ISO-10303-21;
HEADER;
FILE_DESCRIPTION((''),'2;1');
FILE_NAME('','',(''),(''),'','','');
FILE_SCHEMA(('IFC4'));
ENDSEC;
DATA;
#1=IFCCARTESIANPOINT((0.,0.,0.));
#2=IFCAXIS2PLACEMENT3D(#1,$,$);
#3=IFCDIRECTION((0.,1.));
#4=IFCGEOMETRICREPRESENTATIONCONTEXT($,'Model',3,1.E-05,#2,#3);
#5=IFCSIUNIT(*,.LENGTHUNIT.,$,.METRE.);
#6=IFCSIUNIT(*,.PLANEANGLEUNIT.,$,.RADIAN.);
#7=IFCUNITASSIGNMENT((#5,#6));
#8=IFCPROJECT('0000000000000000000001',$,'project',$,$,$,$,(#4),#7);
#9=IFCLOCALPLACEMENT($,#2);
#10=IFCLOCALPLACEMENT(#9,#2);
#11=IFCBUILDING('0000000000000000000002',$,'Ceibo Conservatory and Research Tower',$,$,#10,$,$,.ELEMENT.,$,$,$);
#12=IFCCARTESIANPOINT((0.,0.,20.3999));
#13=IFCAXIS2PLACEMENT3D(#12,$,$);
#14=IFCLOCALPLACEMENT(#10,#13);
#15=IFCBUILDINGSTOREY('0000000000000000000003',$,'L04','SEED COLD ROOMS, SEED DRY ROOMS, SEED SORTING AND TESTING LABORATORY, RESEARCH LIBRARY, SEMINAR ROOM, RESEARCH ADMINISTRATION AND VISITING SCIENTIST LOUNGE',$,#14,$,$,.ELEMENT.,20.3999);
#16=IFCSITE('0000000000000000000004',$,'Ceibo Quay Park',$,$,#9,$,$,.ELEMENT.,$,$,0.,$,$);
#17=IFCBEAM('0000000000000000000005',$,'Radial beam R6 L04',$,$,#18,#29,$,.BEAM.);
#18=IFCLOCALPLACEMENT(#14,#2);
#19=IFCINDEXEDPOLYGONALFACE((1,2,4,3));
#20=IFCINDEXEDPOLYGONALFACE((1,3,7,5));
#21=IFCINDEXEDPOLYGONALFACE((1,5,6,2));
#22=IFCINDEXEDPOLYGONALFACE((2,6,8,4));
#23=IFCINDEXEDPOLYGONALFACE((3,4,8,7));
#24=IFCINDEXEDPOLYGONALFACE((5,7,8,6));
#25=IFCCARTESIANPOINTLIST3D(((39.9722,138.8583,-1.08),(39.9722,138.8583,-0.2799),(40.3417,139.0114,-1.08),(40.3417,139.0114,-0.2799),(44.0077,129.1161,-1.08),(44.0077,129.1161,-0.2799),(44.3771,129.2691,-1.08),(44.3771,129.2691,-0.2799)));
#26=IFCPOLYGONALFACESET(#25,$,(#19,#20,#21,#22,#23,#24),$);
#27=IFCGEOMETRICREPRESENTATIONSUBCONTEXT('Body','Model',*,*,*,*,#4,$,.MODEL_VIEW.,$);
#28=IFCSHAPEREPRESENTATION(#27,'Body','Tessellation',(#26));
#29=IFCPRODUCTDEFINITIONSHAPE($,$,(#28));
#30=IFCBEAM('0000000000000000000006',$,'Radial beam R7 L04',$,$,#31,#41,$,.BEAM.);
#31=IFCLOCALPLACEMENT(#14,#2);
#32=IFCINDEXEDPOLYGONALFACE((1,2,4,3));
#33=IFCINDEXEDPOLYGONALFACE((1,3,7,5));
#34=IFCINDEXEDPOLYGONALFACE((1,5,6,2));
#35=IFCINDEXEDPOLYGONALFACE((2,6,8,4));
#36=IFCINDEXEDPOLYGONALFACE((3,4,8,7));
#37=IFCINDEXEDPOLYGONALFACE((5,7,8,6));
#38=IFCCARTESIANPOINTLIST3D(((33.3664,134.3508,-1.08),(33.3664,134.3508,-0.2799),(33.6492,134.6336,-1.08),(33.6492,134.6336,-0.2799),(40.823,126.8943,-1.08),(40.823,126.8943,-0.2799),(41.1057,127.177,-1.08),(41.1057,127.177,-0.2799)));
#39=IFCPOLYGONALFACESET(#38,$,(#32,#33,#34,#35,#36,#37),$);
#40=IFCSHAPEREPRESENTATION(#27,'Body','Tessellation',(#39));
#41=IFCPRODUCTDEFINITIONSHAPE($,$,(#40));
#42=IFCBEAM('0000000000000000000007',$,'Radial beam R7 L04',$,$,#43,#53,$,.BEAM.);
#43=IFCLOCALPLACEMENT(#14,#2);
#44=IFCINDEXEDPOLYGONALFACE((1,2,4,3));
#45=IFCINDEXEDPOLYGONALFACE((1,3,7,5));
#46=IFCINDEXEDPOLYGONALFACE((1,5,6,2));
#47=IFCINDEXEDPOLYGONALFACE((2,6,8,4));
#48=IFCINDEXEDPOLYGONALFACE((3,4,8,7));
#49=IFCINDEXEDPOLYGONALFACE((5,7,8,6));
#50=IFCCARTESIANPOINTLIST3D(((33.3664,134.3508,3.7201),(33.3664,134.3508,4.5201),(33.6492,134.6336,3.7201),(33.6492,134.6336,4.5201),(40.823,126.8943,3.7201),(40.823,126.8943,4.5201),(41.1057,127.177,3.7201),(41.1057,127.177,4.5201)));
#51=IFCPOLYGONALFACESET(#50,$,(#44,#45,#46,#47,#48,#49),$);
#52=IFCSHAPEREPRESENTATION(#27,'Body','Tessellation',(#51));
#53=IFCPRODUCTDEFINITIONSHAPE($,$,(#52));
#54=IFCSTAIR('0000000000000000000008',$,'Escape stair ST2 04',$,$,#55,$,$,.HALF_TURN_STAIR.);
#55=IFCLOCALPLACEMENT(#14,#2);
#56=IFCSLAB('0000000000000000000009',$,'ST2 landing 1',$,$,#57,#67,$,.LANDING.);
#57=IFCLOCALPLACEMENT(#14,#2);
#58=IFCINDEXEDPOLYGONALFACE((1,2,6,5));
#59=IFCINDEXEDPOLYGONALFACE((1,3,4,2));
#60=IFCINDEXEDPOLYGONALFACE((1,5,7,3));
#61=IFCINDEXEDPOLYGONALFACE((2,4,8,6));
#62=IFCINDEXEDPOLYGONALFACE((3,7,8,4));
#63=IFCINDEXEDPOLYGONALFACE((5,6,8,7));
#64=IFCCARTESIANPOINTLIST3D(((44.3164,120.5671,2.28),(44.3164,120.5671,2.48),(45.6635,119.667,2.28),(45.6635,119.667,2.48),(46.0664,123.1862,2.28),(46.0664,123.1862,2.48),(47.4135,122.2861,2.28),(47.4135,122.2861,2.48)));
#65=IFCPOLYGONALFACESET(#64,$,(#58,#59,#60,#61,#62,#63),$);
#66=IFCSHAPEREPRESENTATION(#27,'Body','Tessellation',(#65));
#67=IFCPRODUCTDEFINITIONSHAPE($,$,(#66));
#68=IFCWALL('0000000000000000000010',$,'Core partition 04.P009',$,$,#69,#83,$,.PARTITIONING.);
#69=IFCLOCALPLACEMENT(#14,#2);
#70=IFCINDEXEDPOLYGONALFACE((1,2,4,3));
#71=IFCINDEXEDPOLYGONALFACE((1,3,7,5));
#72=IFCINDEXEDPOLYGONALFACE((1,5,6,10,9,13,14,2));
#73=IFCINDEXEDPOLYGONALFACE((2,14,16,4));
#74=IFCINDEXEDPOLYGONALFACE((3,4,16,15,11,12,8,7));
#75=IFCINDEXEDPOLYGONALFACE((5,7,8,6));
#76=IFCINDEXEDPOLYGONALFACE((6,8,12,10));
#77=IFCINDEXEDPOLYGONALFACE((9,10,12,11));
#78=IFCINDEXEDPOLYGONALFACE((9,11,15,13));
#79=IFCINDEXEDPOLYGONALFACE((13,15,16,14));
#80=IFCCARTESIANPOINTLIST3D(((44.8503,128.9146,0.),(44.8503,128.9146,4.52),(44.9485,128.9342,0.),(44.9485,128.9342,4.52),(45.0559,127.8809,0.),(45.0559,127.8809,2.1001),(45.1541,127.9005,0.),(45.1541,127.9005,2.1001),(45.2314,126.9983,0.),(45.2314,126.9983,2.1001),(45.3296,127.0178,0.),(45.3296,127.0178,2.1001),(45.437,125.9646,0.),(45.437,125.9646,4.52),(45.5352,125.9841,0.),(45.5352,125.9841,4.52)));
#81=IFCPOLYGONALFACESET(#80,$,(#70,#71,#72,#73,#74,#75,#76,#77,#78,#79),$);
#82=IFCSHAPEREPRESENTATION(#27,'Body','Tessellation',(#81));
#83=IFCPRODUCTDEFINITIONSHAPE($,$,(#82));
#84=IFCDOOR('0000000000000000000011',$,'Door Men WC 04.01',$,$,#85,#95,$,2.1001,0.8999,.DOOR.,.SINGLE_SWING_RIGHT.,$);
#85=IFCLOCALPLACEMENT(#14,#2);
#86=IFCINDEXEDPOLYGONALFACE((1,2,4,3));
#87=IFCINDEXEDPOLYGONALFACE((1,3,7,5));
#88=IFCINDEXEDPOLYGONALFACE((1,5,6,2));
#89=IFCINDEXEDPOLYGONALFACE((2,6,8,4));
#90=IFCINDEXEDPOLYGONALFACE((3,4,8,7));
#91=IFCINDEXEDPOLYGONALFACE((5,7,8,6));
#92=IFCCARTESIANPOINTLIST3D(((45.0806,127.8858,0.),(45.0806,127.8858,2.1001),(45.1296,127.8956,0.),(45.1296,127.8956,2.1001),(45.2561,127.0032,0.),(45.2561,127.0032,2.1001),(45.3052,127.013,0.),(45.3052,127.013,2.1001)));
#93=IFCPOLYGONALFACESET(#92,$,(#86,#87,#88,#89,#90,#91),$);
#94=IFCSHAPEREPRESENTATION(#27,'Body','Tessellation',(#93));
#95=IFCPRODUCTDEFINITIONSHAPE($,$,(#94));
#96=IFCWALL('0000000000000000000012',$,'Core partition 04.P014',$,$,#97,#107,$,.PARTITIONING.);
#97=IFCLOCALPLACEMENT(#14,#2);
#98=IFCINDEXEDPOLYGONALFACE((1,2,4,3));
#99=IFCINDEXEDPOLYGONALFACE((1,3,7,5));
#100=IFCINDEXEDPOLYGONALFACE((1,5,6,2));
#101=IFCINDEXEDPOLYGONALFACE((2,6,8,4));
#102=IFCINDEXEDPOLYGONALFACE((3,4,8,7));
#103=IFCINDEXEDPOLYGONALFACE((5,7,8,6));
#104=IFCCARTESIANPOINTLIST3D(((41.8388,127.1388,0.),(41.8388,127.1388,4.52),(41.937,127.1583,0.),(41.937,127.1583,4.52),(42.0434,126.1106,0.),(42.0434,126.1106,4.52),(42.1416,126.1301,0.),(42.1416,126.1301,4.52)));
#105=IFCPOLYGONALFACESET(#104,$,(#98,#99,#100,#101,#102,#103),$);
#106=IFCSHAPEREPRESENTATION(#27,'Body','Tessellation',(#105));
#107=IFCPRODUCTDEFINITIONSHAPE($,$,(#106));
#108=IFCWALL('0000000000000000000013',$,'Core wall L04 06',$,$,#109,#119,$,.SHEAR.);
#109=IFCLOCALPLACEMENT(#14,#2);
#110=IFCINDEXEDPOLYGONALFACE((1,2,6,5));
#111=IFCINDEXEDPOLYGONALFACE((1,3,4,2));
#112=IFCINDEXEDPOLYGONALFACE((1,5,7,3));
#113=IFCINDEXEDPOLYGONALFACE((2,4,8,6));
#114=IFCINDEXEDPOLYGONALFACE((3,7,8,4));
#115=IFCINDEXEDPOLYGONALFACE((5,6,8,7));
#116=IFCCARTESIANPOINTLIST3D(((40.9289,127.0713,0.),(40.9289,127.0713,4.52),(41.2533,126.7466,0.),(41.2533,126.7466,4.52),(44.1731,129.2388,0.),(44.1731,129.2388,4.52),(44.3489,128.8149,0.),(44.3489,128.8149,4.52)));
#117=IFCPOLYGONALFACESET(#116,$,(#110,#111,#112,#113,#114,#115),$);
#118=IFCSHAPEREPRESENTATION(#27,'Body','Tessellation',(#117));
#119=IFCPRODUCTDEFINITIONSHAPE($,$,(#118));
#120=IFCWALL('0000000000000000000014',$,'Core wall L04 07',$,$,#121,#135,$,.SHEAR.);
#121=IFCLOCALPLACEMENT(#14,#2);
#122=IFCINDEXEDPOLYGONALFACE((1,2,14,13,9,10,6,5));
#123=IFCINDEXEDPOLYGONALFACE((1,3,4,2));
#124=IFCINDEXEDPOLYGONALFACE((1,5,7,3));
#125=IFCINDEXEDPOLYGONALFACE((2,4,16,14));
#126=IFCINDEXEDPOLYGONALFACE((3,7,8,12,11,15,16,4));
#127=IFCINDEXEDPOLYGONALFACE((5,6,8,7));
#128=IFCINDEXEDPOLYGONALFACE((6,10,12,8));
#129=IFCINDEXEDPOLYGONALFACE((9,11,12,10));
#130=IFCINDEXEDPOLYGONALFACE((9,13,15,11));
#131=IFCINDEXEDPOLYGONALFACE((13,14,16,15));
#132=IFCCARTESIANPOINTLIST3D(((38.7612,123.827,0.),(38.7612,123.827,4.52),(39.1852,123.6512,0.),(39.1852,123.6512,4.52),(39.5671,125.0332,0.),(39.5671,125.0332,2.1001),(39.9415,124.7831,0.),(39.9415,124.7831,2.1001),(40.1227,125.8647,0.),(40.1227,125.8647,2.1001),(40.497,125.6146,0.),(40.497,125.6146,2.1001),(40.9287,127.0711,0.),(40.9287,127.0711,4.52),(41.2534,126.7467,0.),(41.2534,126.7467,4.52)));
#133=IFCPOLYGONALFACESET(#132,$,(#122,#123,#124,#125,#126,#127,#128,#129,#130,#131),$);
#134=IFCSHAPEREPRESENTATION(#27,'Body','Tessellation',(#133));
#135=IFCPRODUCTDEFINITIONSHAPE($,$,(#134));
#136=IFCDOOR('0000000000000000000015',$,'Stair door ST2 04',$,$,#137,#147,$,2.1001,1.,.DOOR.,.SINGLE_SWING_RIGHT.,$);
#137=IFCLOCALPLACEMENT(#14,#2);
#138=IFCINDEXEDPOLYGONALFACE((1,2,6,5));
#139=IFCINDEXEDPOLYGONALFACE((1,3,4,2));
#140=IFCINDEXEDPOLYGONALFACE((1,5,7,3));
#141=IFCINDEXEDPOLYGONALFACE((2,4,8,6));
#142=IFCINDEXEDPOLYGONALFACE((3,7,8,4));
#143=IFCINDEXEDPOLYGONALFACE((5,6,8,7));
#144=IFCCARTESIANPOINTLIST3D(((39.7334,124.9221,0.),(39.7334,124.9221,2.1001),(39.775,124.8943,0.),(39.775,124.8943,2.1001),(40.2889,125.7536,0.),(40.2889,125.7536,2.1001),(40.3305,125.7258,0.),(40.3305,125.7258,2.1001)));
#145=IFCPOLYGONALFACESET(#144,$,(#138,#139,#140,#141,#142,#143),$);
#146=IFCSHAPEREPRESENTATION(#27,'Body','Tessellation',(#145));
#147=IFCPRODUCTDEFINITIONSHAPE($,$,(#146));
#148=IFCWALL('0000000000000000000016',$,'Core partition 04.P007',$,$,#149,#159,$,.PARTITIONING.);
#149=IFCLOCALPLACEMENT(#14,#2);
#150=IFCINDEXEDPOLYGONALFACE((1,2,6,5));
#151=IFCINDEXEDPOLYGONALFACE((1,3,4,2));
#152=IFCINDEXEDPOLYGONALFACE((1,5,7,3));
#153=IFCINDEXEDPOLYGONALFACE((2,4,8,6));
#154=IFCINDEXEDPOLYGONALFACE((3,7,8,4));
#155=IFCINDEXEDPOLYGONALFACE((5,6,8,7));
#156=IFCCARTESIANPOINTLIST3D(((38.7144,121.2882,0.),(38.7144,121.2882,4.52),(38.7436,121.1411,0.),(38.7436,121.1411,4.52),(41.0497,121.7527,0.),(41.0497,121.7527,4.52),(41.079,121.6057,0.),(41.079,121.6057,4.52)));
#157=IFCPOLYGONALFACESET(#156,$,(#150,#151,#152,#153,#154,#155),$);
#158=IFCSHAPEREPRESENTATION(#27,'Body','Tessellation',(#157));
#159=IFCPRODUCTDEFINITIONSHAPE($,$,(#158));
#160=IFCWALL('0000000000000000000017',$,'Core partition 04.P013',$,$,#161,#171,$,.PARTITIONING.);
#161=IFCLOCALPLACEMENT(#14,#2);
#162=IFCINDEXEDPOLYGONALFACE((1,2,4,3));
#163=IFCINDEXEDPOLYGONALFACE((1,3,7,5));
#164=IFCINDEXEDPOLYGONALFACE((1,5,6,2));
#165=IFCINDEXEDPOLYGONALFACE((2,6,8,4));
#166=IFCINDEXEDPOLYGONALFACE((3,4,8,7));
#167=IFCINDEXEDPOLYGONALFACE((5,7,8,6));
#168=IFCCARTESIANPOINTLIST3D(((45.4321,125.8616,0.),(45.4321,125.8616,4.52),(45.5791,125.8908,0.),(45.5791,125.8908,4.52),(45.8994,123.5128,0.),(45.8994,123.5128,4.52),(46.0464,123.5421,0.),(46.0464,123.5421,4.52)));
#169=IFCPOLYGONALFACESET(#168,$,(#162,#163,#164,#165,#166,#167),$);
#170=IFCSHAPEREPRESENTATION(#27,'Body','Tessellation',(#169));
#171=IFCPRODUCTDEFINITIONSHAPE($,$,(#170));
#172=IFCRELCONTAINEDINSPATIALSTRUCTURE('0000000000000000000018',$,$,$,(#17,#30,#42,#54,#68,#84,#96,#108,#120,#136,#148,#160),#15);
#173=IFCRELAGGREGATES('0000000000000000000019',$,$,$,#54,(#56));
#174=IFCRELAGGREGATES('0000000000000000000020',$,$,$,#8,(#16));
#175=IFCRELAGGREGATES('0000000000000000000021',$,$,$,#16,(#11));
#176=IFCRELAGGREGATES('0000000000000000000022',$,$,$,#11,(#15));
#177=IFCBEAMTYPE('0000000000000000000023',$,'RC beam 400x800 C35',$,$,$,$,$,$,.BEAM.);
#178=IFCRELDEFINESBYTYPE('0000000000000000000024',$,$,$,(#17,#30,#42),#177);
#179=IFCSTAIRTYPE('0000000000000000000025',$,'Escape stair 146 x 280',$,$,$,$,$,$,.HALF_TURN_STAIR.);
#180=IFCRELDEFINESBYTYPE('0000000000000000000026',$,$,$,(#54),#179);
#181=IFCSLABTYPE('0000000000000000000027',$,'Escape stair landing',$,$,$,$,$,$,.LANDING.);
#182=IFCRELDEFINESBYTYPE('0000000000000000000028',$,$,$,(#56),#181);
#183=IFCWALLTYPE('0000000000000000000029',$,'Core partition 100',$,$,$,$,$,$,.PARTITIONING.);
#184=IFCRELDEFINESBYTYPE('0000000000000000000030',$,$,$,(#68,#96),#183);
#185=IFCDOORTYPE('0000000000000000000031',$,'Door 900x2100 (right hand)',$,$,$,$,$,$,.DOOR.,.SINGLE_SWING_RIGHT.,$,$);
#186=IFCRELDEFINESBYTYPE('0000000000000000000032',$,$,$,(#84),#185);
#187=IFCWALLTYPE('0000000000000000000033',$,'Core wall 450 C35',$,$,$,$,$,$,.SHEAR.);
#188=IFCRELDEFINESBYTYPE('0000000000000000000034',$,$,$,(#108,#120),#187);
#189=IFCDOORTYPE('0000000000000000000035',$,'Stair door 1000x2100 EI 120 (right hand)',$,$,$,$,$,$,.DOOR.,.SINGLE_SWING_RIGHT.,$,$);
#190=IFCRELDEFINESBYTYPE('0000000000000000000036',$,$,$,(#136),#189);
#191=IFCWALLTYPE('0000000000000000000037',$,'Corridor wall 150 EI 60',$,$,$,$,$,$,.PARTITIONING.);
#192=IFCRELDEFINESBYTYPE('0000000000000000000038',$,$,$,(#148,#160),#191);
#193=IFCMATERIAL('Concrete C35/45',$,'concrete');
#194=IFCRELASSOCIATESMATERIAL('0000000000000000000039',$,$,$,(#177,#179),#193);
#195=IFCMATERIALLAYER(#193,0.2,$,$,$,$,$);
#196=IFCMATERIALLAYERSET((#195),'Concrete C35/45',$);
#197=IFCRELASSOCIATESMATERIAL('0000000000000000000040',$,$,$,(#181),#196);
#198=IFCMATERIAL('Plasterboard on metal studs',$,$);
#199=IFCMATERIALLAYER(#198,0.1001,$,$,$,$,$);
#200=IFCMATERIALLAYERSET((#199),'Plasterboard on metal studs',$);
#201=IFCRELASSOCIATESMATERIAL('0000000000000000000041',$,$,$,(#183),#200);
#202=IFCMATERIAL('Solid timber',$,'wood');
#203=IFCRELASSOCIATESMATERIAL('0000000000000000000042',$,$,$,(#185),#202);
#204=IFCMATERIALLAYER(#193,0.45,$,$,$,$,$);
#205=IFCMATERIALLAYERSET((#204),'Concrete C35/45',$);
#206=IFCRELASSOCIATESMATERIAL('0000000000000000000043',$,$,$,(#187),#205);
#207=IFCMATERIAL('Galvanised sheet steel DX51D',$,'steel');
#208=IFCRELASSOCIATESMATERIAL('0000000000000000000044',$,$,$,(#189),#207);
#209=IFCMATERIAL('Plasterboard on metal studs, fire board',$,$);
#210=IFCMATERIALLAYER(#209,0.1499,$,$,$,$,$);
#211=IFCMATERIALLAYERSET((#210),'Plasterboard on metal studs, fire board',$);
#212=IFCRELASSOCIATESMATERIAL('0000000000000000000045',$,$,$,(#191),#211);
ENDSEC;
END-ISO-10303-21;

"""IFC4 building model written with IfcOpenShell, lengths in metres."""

from ifc_helpers import new_model, si_unit, direction, frame, frame_2d, origin, origin_2d, place, context, subcontext, project, spatial, polyline, rectangle, outline, extrude, material, layer, layer_set, material_profile, profile_set, type_object, element, fill, aggregate, save


model = new_model("IFC4")

# Units and contexts
model_context = context("Model", 3, precision=1e-05, world=origin(), true_north=direction((0.0, 1.0)))
body_context = subcontext(model_context, "Body", "Model", "MODEL_VIEW")
ifc_project = project(units=[si_unit("LENGTHUNIT", "METRE"), si_unit("PLANEANGLEUNIT", "RADIAN")], contexts=[model_context])

# Site, building, storey
site_placement = place(None, origin())
site = spatial("IfcSite", under=ifc_project, at=site_placement, Name="Ceibo Quay Park", CompositionType="ELEMENT", RefElevation=0.0)
building_placement = place(site_placement, origin())
building = spatial("IfcBuilding", under=site, at=building_placement, Name="Ceibo Conservatory and Research Tower", CompositionType="ELEMENT")
storey_placement = place(building_placement, frame((0.0, 0.0, 20.3999)))
storey = spatial("IfcBuildingStorey", under=building, at=storey_placement, Name="L04", Description="SEED COLD ROOMS, SEED DRY ROOMS, SEED SORTING AND TESTING LABORATORY, RESEARCH LIBRARY, SEMINAR ROOM, RESEARCH ADMINISTRATION AND VISITING SCIENTIST LOUNGE", CompositionType="ELEMENT", Elevation=20.3999)

# Beams
ifc_material_1 = material(Name="Concrete C35/45", Category="concrete")
ifc_material_profile = material_profile(ifc_material_1, rectangle(XDim=0.3999, YDim=0.8, at=origin_2d()), Name="RC 400x800")
ifc_profile_set = profile_set([ifc_material_profile], Name="Concrete C35/45")
beam_type = type_object("IfcBeamType", Name="RC beam 400x800 C35", PredefinedType="BEAM", material=ifc_profile_set)
beam_placement = place(storey_placement, frame((44.1924, 129.1926, -0.6799), z_axis=(-0.382688, 0.923878, 0.0), x_axis=(-0.923878, -0.382688, 0.0)))
element("IfcBeam", 1, at=beam_placement, inside=storey, type_object=beam_type, Name="Radial beam R6 L04", PredefinedType="BEAM", context=body_context, shape_type="SweptSolid", body=[
    extrude(rectangle(XDim=0.3999, YDim=0.8, at=origin_2d()), origin(), (0.0, 0.0, 1.0), 10.5449),
])
for number, where, z_axis, x_axis, name in (
    (2, (40.9644, 127.0356, -0.6799), (-0.707107, 0.707107, 0.0), (-0.707107, -0.707107, 0.0), "Radial beam R7 L04"),
    (3, (40.9644, 127.0356, 4.1201), (-0.707107, 0.707107, 0.0), (-0.707107, -0.707107, 0.0), "Radial beam R7 L04"),
):
    element("IfcBeam", number, at=place(storey_placement, frame(where, z_axis=z_axis, x_axis=x_axis)), inside=storey, type_object=beam_type, Name=name, PredefinedType="BEAM", context=body_context, shape_type="SweptSolid", body=[
        extrude(rectangle(XDim=0.3999, YDim=0.8, at=origin_2d()), origin(), (0.0, 0.0, 1.0), 10.5452),
    ])

# Stair, slab
stair_type = type_object("IfcStairType", Name="Escape stair 146 x 280", PredefinedType="HALF_TURN_STAIR", material=ifc_material_1)
stair_placement = place(storey_placement, origin())
stair = element("IfcStair", 4, at=stair_placement, inside=storey, type_object=stair_type, Name="Escape stair ST2 04", PredefinedType="HALF_TURN_STAIR")
ifc_layer_1 = layer(ifc_material_1, 0.2)
ifc_layer_set_1 = layer_set([ifc_layer_1], Name="Concrete C35/45")
slab_type = type_object("IfcSlabType", Name="Escape stair landing", PredefinedType="LANDING", material=ifc_layer_set_1)
slab_placement = place(storey_placement, frame((44.3164, 120.5671, 2.28), z_axis=(0.0, 0.0, 1.0), x_axis=(0.83147, -0.55557, 0.0)))
slab = element("IfcSlab", 5, at=slab_placement, type_object=slab_type, Name="ST2 landing 1", PredefinedType="LANDING", context=body_context, shape_type="SweptSolid", body=[
    extrude(outline(polyline([(0.0, 0.0), (1.6201, 0.0), (1.6201, 3.1499), (0.0, 3.1499), (0.0, 0.0)])), origin(), (0.0, 0.0, 1.0), 0.2),
])

# Wall, opening, door
ifc_material_2 = material(Name="Plasterboard on metal studs")
ifc_layer_2 = layer(ifc_material_2, 0.1001)
ifc_layer_set_2 = layer_set([ifc_layer_2], Name="Plasterboard on metal studs")
wall_type_1 = type_object("IfcWallType", Name="Core partition 100", PredefinedType="PARTITIONING", material=ifc_layer_set_2)
wall_1_placement = place(storey_placement, frame((45.4861, 125.9744, 0.0), z_axis=(0.0, 0.0, 1.0), x_axis=(-0.195055, 0.980792, 0.0)))
wall_1 = element("IfcWall", 6, at=wall_1_placement, inside=storey, type_object=wall_type_1, Name="Core partition 04.P009", PredefinedType="PARTITIONING", context=body_context, shape_type="SweptSolid", body=[
    extrude(rectangle(XDim=3.0078, YDim=0.1001, at=frame_2d((1.5039, 0.0))), origin(), (0.0, 0.0, 1.0), 4.52),
])
opening_1_placement = place(wall_1_placement, frame((1.054, 0.0, 0.0)))
opening_1 = element("IfcOpeningElement", 7, at=opening_1_placement, cuts=wall_1, PredefinedType="OPENING", context=body_context, shape_type="SweptSolid", body=[
    extrude(rectangle(XDim=0.8999, YDim=2.1001, at=frame_2d((0.45, 1.05))), frame((0.0, 0.0601, 0.0), z_axis=(0.0, -1.0, 0.0), x_axis=(1.0, 0.0, 0.0)), (0.0, 0.0, 1.0), 0.1201),
])
ifc_material_3 = material(Name="Solid timber", Category="wood")
door_type_1 = type_object("IfcDoorType", Name="Door 900x2100 (right hand)", OperationType="SINGLE_SWING_RIGHT", PredefinedType="DOOR", material=ifc_material_3)
door_1_placement = place(opening_1_placement, origin())
door_1 = element("IfcDoor", 8, at=door_1_placement, inside=storey, type_object=door_type_1, Name="Door Men WC 04.01", OperationType="SINGLE_SWING_RIGHT", OverallHeight=2.1001, OverallWidth=0.8999, PredefinedType="DOOR", context=body_context, shape_type="SweptSolid", body=[
    extrude(rectangle(XDim=0.8999, YDim=2.1001, at=frame_2d((0.45, 1.05))), frame((0.0, 0.0249, 0.0), z_axis=(0.0, -1.0, 0.0), x_axis=(1.0, 0.0, 0.0)), (0.0, 0.0, 1.0), 0.05),
])
fill(opening_1, door_1)

# Walls
wall_2_placement = place(storey_placement, frame((42.0925, 126.1204, 0.0), z_axis=(0.0, 0.0, 1.0), x_axis=(-0.195175, 0.980768, 0.0)))
element("IfcWall", 9, at=wall_2_placement, inside=storey, type_object=wall_type_1, Name="Core partition 04.P014", PredefinedType="PARTITIONING", context=body_context, shape_type="SweptSolid", body=[
    extrude(rectangle(XDim=1.0483, YDim=0.1001, at=frame_2d((0.5242, 0.0))), origin(), (0.0, 0.0, 1.0), 4.52),
])
ifc_layer_3 = layer(ifc_material_1, 0.45)
ifc_layer_set_3 = layer_set([ifc_layer_3], Name="Concrete C35/45")
wall_type_2 = type_object("IfcWallType", Name="Core wall 450 C35", PredefinedType="SHEAR", material=ifc_layer_set_3)
wall_3_placement = place(storey_placement, frame((44.261, 129.0269, 0.0), z_axis=(0.0, 0.0, 1.0), x_axis=(-0.831488, -0.555542, 0.0)))
element("IfcWall", 10, at=wall_3_placement, inside=storey, type_object=wall_type_2, Name="Core wall L04 06", PredefinedType="SHEAR", context=body_context, shape_type="SweptSolid", body=[
    extrude(outline(polyline([(-0.0447, -0.2251), (3.8569, -0.2251), (3.7676, 0.2251), (0.0447, 0.2251), (-0.0447, -0.2251)])), origin(), (0.0, 0.0, 1.0), 4.52),
])

# Wall, opening, door
wall_4_placement = place(storey_placement, frame((41.0911, 126.9089, 0.0), z_axis=(0.0, 0.0, 1.0), x_axis=(-0.555542, -0.831488, 0.0)))
wall_4 = element("IfcWall", 11, at=wall_4_placement, inside=storey, type_object=wall_type_2, Name="Core wall L04 07", PredefinedType="SHEAR", context=body_context, shape_type="SweptSolid", body=[
    extrude(outline(polyline([(-0.0447, -0.2251), (3.8569, -0.2251), (3.7676, 0.2251), (0.0447, 0.2251), (-0.0447, -0.2251)])), origin(), (0.0, 0.0, 1.0), 4.52),
])
opening_2_placement = place(wall_4_placement, frame((1.4062, 0.0, 0.0)))
opening_2 = element("IfcOpeningElement", 12, at=opening_2_placement, cuts=wall_4, PredefinedType="OPENING", context=body_context, shape_type="SweptSolid", body=[
    extrude(rectangle(XDim=1.0, YDim=2.1001, at=frame_2d((0.5, 1.05))), frame((0.0, 0.2349, 0.0), z_axis=(0.0, -1.0, 0.0), x_axis=(1.0, 0.0, 0.0)), (0.0, 0.0, 1.0), 0.47),
])
ifc_material_4 = material(Name="Galvanised sheet steel DX51D", Category="steel")
door_type_2 = type_object("IfcDoorType", Name="Stair door 1000x2100 EI 120 (right hand)", OperationType="SINGLE_SWING_RIGHT", PredefinedType="DOOR", material=ifc_material_4)
door_2_placement = place(opening_2_placement, origin())
door_2 = element("IfcDoor", 13, at=door_2_placement, inside=storey, type_object=door_type_2, Name="Stair door ST2 04", OperationType="SINGLE_SWING_RIGHT", OverallHeight=2.1001, OverallWidth=1.0, PredefinedType="DOOR", context=body_context, shape_type="SweptSolid", body=[
    extrude(rectangle(XDim=1.0, YDim=2.1001, at=frame_2d((0.5, 1.05))), frame((0.0, 0.0249, 0.0), z_axis=(0.0, -1.0, 0.0), x_axis=(1.0, 0.0, 0.0)), (0.0, 0.0, 1.0), 0.05),
])
fill(opening_2, door_2)

# Walls
ifc_material_5 = material(Name="Plasterboard on metal studs, fire board")
ifc_layer_4 = layer(ifc_material_5, 0.1499)
ifc_layer_set_4 = layer_set([ifc_layer_4], Name="Plasterboard on metal studs, fire board")
wall_type_3 = type_object("IfcWallType", Name="Corridor wall 150 EI 60", PredefinedType="PARTITIONING", material=ifc_layer_set_4)
wall_5_placement = place(storey_placement, frame((41.0642, 121.6792, 0.0), z_axis=(0.0, 0.0, 1.0), x_axis=(-0.980781, -0.19511, 0.0)))
element("IfcWall", 14, at=wall_5_placement, inside=storey, type_object=wall_type_3, Name="Core partition 04.P007", PredefinedType="PARTITIONING", context=body_context, shape_type="SweptSolid", body=[
    extrude(rectangle(XDim=2.3811, YDim=0.1499, at=frame_2d((1.1904, 0.0))), origin(), (0.0, 0.0, 1.0), 4.52),
])
wall_6_placement = place(storey_placement, frame((45.9729, 123.5276, 0.0), z_axis=(0.0, 0.0, 1.0), x_axis=(-0.195136, 0.980776, 0.0)))
element("IfcWall", 15, at=wall_6_placement, inside=storey, type_object=wall_type_3, Name="Core partition 04.P013", PredefinedType="PARTITIONING", context=body_context, shape_type="SweptSolid", body=[
    extrude(rectangle(XDim=2.3948, YDim=0.1499, at=frame_2d((1.1973, 0.0))), origin(), (0.0, 0.0, 1.0), 4.52),
])

aggregate(stair, [slab])

save(model, "model.ifc")
